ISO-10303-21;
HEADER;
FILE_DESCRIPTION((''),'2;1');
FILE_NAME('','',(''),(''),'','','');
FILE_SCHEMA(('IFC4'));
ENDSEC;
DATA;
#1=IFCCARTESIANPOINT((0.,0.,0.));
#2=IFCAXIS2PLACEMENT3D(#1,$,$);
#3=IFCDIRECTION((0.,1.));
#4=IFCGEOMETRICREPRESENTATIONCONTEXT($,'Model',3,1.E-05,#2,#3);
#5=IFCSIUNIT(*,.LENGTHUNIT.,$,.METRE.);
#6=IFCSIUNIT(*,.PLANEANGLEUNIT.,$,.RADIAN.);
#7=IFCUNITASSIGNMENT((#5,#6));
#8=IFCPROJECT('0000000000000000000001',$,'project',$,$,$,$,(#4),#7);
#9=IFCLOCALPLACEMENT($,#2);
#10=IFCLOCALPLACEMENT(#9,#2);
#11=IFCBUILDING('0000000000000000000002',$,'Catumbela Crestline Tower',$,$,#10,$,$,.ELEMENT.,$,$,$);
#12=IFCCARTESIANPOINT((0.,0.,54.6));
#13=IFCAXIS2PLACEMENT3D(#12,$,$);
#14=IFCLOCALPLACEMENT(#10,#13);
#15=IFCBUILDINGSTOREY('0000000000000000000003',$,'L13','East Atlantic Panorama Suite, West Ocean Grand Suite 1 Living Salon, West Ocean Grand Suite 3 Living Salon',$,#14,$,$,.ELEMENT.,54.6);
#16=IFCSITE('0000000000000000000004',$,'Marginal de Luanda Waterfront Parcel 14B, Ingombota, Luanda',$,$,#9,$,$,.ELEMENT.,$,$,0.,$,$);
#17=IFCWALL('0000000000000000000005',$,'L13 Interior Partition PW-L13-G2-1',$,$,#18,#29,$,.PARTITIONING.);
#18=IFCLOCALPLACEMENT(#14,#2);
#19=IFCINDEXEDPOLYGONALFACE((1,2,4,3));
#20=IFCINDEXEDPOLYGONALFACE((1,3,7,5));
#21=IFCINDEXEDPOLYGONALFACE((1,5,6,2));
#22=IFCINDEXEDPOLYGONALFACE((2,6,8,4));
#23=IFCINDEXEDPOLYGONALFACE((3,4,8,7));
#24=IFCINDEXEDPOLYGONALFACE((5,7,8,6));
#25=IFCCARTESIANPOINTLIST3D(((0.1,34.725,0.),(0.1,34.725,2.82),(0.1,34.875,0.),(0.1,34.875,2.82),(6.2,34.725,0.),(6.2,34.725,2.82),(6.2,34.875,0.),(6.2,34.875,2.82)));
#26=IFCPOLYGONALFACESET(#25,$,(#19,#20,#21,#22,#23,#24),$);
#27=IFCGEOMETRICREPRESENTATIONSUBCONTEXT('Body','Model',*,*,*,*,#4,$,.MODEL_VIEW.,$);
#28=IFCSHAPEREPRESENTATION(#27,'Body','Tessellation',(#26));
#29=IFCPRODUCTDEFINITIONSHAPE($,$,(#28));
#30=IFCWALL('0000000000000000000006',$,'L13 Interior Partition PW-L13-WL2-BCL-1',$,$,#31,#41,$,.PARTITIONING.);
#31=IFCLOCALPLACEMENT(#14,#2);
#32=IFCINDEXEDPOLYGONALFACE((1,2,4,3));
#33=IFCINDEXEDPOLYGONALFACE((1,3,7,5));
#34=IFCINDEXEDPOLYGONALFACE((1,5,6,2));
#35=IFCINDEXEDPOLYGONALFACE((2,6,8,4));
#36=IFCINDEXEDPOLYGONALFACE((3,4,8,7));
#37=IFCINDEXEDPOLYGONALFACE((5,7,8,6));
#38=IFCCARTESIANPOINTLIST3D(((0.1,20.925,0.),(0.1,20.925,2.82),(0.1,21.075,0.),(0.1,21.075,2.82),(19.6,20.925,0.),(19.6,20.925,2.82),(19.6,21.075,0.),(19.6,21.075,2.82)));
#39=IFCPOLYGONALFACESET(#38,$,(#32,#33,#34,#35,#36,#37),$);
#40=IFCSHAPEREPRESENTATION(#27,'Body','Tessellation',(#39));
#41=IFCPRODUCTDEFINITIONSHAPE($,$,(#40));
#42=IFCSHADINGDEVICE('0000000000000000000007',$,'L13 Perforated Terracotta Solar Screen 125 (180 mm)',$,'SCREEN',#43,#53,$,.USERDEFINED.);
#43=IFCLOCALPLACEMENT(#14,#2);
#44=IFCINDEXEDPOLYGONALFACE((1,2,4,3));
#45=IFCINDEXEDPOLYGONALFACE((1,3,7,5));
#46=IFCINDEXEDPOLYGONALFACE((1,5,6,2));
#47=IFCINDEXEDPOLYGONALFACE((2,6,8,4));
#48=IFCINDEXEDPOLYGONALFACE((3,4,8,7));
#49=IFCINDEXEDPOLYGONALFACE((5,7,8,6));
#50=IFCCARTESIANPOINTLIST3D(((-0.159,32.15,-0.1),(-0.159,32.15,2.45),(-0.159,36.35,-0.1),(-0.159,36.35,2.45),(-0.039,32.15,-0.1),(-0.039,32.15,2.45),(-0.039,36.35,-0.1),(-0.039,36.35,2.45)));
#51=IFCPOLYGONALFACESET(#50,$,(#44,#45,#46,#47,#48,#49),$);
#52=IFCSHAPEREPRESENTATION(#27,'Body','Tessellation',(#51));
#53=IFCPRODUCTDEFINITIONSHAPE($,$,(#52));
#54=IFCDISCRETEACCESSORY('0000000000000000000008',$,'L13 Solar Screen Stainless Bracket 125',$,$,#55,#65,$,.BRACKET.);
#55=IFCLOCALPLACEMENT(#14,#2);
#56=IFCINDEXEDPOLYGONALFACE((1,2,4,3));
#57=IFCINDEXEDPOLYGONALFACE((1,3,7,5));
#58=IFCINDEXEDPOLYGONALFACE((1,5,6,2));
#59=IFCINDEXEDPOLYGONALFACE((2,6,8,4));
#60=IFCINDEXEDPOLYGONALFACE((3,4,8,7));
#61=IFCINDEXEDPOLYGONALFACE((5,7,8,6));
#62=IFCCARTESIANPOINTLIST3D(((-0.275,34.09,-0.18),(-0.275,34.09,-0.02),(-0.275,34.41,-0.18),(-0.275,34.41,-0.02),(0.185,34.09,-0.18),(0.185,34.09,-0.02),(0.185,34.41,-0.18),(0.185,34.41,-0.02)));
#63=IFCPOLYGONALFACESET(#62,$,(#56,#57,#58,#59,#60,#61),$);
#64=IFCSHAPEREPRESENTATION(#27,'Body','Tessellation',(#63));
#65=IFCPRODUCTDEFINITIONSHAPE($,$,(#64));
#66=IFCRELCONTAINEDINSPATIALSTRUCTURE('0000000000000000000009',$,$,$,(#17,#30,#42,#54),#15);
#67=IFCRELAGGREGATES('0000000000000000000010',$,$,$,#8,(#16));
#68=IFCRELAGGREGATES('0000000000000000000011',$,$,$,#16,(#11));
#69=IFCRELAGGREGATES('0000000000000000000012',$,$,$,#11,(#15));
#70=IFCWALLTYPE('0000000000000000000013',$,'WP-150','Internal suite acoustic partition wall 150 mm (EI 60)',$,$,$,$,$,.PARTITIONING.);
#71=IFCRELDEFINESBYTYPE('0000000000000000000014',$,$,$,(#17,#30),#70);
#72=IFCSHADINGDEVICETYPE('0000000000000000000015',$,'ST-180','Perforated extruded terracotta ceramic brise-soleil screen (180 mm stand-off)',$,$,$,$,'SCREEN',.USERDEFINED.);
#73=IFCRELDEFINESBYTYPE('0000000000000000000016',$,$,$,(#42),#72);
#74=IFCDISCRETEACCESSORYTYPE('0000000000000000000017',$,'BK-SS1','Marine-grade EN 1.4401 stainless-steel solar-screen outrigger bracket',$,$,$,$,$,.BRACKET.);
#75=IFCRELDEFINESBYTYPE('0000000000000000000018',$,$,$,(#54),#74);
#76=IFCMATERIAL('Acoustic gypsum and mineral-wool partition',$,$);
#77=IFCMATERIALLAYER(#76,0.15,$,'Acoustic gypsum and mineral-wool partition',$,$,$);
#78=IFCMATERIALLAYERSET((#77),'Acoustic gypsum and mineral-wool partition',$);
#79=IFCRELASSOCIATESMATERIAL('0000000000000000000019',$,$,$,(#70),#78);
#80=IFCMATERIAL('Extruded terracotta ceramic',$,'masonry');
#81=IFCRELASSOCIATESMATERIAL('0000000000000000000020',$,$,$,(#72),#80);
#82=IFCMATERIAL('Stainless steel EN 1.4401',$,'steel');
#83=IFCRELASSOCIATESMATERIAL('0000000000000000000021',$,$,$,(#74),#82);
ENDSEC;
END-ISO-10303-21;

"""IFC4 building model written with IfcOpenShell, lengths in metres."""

from ifc_helpers import new_model, si_unit, direction, frame, frame_2d, origin, origin_2d, place, context, subcontext, project, spatial, rectangle, extrude, material, layer, layer_set, type_object, element, save


model = new_model("IFC4")

# Units and contexts
model_context = context("Model", 3, precision=1e-05, world=origin(), true_north=direction((0.0, 1.0)))
body_context = subcontext(model_context, "Body", "Model", "MODEL_VIEW")
ifc_project = project(units=[si_unit("LENGTHUNIT", "METRE"), si_unit("PLANEANGLEUNIT", "RADIAN")], contexts=[model_context])

# Site, building, storey
site_placement = place(None, origin())
site = spatial("IfcSite", under=ifc_project, at=site_placement, Name="Marginal de Luanda Waterfront Parcel 14B, Ingombota, Luanda", CompositionType="ELEMENT", RefElevation=0.0)
building_placement = place(site_placement, origin())
building = spatial("IfcBuilding", under=site, at=building_placement, Name="Catumbela Crestline Tower", CompositionType="ELEMENT")
storey_placement = place(building_placement, frame((0.0, 0.0, 54.6)))
storey = spatial("IfcBuildingStorey", under=building, at=storey_placement, Name="L13", Description="East Atlantic Panorama Suite, West Ocean Grand Suite 1 Living Salon, West Ocean Grand Suite 3 Living Salon", CompositionType="ELEMENT", Elevation=54.6)

# Walls
ifc_material_1 = material(Name="Acoustic gypsum and mineral-wool partition")
ifc_layer_1 = layer(ifc_material_1, 0.15, Name="Acoustic gypsum and mineral-wool partition")
ifc_layer_set_1 = layer_set([ifc_layer_1], Name="Acoustic gypsum and mineral-wool partition")
wall_type_1 = type_object("IfcWallType", Name="WP-150", Description="Internal suite acoustic partition wall 150 mm (EI 60)", PredefinedType="PARTITIONING", material=ifc_layer_set_1)
wall_1_placement = place(storey_placement, frame((0.1, 34.8, 0.0), z_axis=(0.0, 0.0, 1.0), x_axis=(1.0, 0.0, 0.0)))
element("IfcWall", 1, at=wall_1_placement, inside=storey, type_object=wall_type_1, Name="L13 Interior Partition PW-L13-G2-1", PredefinedType="PARTITIONING", context=body_context, shape_type="SweptSolid", body=[
    extrude(rectangle(XDim=6.1, YDim=0.15, at=frame_2d((3.05, 0.0))), origin(), (0.0, 0.0, 1.0), 2.82),
])
wall_2_placement = place(storey_placement, frame((0.1, 21.0, 0.0), z_axis=(0.0, 0.0, 1.0), x_axis=(1.0, 0.0, 0.0)))
element("IfcWall", 2, at=wall_2_placement, inside=storey, type_object=wall_type_1, Name="L13 Interior Partition PW-L13-WL2-BCL-1", PredefinedType="PARTITIONING", context=body_context, shape_type="SweptSolid", body=[
    extrude(rectangle(XDim=19.5, YDim=0.15, at=frame_2d((9.75, 0.0))), origin(), (0.0, 0.0, 1.0), 2.82),
])

# Shading device
ifc_material_2 = material(Name="Extruded terracotta ceramic", Category="masonry")
shading_device_type = type_object("IfcShadingDeviceType", Name="ST-180", Description="Perforated extruded terracotta ceramic brise-soleil screen (180 mm stand-off)", ElementType="SCREEN", PredefinedType="USERDEFINED", material=ifc_material_2)
shading_device_placement = place(storey_placement, frame((-0.099, 34.25, -0.1), z_axis=(0.0, 0.0, 1.0), x_axis=(0.0, -1.0, 0.0)))
element("IfcShadingDevice", 3, at=shading_device_placement, inside=storey, type_object=shading_device_type, Name="L13 Perforated Terracotta Solar Screen 125 (180 mm)", ObjectType="SCREEN", PredefinedType="USERDEFINED", context=body_context, shape_type="SweptSolid", body=[
    extrude(rectangle(XDim=4.2, YDim=0.12, at=origin_2d()), origin(), (0.0, 0.0, 1.0), 2.55),
])

# Discrete accessory
ifc_material_3 = material(Name="Stainless steel EN 1.4401", Category="steel")
discrete_accessory_type = type_object("IfcDiscreteAccessoryType", Name="BK-SS1", Description="Marine-grade EN 1.4401 stainless-steel solar-screen outrigger bracket", PredefinedType="BRACKET", material=ifc_material_3)
discrete_accessory_placement = place(storey_placement, frame((-0.045, 34.25, -0.18), z_axis=(0.0, 0.0, 1.0), x_axis=(0.0, -1.0, 0.0)))
element("IfcDiscreteAccessory", 4, at=discrete_accessory_placement, inside=storey, type_object=discrete_accessory_type, Name="L13 Solar Screen Stainless Bracket 125", PredefinedType="BRACKET", context=body_context, shape_type="SweptSolid", body=[
    extrude(rectangle(XDim=0.32, YDim=0.46, at=origin_2d()), origin(), (0.0, 0.0, 1.0), 0.16),
])

save(model, "model.ifc")
